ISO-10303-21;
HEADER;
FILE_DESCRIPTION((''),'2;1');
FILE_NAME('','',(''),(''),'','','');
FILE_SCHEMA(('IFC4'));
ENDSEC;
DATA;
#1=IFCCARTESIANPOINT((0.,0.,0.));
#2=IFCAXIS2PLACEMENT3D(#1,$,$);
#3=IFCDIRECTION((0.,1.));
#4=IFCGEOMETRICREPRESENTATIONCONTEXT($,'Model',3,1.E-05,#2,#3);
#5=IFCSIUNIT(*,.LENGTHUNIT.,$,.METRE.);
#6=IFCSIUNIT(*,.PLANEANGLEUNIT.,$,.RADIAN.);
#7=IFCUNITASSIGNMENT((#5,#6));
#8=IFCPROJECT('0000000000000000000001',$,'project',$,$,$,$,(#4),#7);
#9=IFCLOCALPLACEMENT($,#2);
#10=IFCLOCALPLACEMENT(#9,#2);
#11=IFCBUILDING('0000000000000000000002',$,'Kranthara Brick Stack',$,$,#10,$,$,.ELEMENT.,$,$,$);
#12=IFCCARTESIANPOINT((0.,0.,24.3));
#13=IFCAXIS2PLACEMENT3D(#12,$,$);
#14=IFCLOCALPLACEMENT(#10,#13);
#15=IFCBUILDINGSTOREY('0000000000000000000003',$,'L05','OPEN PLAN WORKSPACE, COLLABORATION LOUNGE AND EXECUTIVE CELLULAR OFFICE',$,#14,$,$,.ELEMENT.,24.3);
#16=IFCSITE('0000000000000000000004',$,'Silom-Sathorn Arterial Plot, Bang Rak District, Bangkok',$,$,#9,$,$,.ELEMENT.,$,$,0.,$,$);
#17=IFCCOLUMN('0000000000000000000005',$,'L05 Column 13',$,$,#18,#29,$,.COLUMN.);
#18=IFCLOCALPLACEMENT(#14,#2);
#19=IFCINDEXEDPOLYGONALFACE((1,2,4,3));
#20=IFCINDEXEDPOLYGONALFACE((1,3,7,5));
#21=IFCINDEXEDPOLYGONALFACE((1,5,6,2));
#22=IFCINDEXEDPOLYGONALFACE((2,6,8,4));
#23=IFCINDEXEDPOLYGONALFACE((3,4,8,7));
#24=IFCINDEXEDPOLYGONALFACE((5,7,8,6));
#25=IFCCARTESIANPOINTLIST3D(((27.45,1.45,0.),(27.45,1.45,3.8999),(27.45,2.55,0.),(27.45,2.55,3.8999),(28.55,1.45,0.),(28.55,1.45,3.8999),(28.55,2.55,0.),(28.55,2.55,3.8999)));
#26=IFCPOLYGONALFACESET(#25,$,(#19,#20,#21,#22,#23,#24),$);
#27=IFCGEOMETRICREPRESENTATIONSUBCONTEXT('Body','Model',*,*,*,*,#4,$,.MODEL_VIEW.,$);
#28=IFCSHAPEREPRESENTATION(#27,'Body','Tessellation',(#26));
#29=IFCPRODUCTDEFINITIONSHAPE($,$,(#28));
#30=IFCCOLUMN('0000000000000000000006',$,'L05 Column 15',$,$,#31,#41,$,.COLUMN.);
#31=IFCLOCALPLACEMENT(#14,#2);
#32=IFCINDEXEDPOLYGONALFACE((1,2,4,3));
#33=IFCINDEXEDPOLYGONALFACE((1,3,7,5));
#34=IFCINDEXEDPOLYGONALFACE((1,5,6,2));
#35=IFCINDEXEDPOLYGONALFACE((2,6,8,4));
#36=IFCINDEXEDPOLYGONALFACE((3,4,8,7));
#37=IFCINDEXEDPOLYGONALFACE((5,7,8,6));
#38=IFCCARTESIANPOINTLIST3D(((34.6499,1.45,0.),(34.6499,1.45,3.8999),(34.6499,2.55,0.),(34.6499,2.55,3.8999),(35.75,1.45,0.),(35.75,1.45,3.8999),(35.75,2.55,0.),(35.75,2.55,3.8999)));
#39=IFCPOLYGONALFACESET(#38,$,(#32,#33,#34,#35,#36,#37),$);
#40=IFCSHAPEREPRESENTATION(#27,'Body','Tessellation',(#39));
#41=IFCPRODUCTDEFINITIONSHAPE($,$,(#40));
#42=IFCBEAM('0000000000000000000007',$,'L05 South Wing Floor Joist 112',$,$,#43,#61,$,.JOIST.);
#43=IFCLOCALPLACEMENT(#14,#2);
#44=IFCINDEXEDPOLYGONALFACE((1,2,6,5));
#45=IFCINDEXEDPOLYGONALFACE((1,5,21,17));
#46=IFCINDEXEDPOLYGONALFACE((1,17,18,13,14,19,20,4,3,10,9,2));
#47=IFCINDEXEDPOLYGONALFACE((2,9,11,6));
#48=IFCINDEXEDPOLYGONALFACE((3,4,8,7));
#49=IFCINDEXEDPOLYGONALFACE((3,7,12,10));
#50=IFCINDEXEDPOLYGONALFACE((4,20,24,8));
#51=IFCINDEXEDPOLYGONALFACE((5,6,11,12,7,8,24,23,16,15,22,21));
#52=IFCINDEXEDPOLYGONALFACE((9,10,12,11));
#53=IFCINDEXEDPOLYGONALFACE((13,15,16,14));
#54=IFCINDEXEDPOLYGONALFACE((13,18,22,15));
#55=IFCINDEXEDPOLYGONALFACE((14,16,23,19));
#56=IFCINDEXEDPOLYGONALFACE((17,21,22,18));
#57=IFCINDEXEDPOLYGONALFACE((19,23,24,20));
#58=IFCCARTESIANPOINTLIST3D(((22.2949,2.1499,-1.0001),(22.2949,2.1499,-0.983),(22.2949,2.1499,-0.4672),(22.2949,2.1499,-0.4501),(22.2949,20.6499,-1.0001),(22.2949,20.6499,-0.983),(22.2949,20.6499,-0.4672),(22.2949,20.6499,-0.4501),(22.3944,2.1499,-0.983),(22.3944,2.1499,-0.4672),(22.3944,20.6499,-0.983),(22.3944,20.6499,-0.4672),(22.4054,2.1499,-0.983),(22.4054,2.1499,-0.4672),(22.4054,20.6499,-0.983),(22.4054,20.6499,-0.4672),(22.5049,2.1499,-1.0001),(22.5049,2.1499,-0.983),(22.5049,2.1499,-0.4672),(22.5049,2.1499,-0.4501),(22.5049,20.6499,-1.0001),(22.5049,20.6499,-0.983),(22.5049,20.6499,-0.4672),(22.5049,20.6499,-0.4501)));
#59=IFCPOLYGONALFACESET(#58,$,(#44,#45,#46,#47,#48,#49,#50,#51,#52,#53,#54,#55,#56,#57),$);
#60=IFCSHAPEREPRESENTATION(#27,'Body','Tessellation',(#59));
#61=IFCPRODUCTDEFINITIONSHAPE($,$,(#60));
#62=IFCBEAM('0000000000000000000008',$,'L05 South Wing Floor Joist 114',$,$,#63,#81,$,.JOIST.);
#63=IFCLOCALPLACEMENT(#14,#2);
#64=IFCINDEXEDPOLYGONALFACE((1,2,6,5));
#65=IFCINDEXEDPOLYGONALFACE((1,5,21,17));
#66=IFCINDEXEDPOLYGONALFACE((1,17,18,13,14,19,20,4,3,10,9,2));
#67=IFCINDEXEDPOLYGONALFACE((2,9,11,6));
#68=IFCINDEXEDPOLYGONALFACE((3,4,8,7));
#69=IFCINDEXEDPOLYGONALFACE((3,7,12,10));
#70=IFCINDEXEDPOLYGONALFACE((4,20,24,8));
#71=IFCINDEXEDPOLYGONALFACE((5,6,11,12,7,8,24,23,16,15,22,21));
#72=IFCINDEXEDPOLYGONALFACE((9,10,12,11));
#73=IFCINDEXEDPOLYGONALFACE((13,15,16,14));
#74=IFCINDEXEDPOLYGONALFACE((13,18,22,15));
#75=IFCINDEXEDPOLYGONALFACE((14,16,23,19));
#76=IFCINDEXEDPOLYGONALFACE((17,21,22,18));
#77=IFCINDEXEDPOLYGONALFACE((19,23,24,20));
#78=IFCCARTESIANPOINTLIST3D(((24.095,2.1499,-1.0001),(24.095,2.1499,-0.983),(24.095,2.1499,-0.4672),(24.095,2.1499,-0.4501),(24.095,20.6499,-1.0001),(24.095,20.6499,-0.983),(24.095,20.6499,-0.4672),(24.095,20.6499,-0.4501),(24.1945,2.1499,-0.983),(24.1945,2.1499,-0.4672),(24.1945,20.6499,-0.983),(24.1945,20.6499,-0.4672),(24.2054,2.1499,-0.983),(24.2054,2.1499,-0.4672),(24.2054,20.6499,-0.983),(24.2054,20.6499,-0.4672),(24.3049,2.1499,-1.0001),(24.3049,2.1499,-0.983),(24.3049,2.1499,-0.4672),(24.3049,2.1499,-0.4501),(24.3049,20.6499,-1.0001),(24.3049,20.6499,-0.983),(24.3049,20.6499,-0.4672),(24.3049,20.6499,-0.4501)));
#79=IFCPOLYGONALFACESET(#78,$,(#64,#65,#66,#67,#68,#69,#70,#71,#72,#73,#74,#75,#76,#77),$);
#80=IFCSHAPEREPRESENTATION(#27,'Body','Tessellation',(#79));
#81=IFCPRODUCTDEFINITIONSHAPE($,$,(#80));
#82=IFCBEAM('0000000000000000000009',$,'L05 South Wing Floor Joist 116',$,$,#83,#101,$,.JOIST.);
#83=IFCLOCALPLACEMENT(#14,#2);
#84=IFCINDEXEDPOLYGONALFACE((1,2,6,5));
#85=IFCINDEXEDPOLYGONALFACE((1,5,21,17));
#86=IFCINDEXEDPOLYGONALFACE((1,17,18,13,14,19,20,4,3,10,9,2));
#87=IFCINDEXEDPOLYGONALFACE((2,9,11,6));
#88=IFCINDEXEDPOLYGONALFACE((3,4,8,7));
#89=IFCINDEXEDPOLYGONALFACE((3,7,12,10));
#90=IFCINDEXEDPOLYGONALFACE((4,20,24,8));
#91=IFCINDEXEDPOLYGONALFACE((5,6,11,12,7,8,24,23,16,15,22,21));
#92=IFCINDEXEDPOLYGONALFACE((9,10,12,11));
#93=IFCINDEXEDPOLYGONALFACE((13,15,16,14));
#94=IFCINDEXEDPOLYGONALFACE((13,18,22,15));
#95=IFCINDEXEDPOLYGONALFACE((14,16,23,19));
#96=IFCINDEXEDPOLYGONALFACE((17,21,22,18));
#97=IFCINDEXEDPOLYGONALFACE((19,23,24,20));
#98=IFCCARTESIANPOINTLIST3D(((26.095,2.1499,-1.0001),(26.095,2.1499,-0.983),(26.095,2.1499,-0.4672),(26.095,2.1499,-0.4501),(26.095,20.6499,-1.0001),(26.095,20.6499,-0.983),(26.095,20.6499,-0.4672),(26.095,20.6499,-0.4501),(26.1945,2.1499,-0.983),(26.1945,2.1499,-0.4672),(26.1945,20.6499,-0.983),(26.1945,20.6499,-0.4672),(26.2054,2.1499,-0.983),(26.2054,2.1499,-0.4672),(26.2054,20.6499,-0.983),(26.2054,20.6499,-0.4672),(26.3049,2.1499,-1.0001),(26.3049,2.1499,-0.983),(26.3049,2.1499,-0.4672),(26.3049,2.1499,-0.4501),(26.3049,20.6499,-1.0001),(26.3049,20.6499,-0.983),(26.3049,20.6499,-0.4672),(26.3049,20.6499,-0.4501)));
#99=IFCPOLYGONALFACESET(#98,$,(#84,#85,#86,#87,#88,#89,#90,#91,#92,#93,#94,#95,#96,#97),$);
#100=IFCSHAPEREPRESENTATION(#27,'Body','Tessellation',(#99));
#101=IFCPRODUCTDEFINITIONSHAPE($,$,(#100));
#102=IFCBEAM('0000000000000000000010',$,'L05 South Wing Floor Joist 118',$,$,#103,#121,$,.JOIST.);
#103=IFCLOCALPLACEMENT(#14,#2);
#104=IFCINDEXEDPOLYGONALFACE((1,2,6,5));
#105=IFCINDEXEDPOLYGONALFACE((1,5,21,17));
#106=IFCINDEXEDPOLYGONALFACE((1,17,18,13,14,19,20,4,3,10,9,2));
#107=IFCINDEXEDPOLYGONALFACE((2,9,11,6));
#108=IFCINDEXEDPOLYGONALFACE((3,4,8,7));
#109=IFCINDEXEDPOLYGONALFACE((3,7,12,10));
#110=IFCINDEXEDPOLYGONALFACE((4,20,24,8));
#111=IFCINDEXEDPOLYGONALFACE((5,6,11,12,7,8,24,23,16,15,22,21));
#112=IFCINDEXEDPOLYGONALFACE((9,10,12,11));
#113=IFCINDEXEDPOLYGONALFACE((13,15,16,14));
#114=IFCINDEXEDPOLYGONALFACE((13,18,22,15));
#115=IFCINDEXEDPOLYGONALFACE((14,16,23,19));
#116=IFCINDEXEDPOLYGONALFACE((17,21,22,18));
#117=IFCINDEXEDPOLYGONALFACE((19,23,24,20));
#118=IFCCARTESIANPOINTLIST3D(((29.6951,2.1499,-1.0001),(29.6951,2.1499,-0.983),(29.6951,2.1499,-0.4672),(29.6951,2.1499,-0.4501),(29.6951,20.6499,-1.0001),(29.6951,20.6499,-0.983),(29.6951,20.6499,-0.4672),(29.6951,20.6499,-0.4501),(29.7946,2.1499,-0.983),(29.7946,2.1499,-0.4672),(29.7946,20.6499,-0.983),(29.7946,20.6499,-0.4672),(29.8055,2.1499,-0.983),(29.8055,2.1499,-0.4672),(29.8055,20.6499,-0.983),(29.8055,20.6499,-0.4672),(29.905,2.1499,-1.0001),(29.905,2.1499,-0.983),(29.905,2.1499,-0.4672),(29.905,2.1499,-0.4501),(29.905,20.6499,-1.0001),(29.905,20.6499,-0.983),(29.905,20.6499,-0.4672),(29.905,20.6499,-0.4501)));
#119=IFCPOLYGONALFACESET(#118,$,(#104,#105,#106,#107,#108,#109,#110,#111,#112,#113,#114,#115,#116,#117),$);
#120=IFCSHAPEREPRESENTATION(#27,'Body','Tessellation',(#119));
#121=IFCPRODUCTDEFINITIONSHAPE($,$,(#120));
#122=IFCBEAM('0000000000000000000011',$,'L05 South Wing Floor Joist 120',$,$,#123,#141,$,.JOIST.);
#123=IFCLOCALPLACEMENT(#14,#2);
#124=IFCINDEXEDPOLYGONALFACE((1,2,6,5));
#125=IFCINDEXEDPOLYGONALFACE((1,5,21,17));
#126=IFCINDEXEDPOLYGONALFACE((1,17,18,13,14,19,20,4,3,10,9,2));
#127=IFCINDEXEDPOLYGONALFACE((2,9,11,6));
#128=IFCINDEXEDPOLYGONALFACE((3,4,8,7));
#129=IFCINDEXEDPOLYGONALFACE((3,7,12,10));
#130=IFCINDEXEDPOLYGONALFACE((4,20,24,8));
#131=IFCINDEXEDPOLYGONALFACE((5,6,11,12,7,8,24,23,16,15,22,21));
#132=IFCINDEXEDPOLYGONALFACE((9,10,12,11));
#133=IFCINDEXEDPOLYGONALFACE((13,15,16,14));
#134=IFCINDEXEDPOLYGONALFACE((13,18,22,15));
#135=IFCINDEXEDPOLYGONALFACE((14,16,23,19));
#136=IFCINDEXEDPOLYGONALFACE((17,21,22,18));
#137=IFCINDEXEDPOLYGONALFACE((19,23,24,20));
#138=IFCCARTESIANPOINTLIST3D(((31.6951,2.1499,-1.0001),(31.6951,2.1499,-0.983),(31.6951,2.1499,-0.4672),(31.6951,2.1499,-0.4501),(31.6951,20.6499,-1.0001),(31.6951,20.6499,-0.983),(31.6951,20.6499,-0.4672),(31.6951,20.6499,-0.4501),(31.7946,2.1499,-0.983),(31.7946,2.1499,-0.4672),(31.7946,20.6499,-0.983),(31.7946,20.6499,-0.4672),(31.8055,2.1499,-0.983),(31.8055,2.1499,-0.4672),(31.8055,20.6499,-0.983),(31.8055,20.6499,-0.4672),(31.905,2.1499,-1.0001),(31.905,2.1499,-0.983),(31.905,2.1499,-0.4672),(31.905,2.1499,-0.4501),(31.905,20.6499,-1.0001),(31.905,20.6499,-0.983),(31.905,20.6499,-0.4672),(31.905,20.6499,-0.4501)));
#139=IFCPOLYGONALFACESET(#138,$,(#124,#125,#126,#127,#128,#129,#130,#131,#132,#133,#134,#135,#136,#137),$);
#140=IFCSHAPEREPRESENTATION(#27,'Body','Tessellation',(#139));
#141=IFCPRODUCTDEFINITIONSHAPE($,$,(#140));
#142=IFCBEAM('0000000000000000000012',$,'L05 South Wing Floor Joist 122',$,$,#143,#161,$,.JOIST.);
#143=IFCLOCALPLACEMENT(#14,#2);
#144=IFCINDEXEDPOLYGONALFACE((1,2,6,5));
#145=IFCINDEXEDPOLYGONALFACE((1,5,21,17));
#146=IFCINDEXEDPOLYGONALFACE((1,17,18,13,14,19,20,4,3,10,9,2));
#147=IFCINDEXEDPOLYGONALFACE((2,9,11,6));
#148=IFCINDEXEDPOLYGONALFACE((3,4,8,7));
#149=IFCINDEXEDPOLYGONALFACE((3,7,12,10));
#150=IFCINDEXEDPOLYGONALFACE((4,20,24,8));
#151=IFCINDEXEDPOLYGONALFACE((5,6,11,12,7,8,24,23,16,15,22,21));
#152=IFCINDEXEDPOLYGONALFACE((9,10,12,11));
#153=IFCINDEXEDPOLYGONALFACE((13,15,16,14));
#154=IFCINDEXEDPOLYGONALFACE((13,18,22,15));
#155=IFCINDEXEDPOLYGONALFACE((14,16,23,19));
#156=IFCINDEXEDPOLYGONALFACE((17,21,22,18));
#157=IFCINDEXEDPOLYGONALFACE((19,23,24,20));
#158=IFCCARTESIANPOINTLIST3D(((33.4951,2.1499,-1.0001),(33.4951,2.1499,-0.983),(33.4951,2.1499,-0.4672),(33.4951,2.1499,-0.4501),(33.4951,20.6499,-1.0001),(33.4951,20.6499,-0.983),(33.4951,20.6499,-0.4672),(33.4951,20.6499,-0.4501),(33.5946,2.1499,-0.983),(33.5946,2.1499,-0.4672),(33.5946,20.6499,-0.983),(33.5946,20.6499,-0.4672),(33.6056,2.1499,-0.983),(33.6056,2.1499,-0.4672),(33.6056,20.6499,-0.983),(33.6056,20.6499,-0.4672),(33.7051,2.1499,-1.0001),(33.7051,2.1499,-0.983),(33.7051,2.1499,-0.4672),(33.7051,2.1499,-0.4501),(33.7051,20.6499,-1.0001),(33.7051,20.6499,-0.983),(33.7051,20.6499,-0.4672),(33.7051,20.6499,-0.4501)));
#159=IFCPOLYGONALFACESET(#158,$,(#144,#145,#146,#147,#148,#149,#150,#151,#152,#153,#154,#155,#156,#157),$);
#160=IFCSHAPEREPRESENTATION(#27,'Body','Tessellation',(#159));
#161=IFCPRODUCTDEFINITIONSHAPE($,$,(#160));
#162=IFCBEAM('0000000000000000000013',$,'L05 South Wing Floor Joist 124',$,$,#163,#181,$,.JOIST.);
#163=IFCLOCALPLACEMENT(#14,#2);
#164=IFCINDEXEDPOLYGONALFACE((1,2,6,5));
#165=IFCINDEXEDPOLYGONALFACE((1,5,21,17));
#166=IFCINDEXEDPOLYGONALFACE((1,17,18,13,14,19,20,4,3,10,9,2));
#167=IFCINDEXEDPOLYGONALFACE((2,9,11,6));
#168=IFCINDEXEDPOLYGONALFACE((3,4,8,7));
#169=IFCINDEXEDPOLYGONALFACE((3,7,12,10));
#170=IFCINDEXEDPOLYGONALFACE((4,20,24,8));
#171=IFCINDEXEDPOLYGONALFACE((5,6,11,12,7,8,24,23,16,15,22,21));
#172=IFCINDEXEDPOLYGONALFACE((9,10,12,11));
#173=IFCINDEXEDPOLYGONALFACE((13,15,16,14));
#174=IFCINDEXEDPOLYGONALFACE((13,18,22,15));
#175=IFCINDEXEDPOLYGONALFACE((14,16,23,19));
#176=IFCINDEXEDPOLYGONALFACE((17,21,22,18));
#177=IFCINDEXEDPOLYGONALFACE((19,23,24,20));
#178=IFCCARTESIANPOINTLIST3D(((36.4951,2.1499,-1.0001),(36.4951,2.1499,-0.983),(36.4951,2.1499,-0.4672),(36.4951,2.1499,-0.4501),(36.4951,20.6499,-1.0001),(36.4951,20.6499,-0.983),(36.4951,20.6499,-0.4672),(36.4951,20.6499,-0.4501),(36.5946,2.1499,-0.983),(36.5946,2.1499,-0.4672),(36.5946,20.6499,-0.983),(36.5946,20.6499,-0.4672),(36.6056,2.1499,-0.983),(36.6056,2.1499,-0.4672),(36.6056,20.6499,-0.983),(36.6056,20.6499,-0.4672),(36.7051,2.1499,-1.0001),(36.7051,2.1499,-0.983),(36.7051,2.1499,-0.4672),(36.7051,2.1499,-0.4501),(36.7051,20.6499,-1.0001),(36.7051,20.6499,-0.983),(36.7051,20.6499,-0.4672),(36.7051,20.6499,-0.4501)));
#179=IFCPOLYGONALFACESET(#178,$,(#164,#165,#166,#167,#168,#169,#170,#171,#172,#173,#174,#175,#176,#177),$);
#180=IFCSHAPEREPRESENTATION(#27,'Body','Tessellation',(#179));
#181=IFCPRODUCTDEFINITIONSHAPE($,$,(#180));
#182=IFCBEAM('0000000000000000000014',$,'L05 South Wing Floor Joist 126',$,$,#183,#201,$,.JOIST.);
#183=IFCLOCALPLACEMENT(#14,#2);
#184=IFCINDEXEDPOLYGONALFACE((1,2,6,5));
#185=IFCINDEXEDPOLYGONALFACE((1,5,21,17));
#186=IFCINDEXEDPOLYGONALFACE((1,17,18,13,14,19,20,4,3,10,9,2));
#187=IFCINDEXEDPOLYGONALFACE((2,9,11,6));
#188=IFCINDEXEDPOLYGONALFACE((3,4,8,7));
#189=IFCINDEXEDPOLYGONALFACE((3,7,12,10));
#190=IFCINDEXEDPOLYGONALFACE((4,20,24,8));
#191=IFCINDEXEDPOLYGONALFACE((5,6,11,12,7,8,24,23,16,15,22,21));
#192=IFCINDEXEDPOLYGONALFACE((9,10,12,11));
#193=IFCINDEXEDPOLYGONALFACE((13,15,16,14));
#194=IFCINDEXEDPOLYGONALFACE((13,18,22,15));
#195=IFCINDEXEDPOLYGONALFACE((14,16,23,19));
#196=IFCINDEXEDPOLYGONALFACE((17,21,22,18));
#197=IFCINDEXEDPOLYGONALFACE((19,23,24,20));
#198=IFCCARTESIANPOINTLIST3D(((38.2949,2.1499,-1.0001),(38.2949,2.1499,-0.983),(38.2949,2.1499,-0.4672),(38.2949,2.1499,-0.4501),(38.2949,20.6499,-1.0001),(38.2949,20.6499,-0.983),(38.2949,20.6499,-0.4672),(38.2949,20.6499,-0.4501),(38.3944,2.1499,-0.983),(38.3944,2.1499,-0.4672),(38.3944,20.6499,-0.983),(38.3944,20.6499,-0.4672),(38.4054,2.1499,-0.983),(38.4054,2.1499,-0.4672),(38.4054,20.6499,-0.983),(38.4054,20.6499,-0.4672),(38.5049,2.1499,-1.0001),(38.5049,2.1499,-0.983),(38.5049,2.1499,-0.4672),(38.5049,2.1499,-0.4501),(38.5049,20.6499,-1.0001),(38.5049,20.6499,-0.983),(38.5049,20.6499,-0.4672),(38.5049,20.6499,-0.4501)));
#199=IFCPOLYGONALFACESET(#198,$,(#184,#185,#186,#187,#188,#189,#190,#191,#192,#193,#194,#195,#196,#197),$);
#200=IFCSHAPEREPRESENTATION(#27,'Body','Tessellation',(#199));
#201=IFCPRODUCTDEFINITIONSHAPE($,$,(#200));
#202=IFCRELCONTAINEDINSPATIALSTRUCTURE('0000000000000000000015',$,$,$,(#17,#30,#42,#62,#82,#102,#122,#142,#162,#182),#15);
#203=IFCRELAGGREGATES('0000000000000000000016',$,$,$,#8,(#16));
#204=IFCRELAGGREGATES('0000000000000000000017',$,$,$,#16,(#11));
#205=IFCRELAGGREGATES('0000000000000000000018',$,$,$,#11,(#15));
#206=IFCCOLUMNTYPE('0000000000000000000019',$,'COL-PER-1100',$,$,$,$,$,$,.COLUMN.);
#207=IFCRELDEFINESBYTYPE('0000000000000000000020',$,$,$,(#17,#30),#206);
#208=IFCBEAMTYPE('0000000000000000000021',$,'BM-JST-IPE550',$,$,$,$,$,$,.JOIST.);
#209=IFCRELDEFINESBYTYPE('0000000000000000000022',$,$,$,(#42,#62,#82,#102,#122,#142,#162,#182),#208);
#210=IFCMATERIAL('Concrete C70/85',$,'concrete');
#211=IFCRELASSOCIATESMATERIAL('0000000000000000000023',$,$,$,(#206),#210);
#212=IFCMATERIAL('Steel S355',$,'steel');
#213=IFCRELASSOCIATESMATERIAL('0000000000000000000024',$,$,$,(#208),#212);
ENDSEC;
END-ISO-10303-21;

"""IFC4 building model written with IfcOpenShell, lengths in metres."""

from ifc_helpers import new_model, si_unit, direction, frame, origin, origin_2d, place, context, subcontext, project, spatial, rectangle, i_section, extrude, material, material_profile, profile_set, type_object, element, save


model = new_model("IFC4")

# Units and contexts
model_context = context("Model", 3, precision=1e-05, world=origin(), true_north=direction((0.0, 1.0)))
body_context = subcontext(model_context, "Body", "Model", "MODEL_VIEW")
ifc_project = project(units=[si_unit("LENGTHUNIT", "METRE"), si_unit("PLANEANGLEUNIT", "RADIAN")], contexts=[model_context])

# Site, building, storey
site_placement = place(None, origin())
site = spatial("IfcSite", under=ifc_project, at=site_placement, Name="Silom-Sathorn Arterial Plot, Bang Rak District, Bangkok", CompositionType="ELEMENT", RefElevation=0.0)
building_placement = place(site_placement, origin())
building = spatial("IfcBuilding", under=site, at=building_placement, Name="Kranthara Brick Stack", CompositionType="ELEMENT")
storey_placement = place(building_placement, frame((0.0, 0.0, 24.3)))
storey = spatial("IfcBuildingStorey", under=building, at=storey_placement, Name="L05", Description="OPEN PLAN WORKSPACE, COLLABORATION LOUNGE AND EXECUTIVE CELLULAR OFFICE", CompositionType="ELEMENT", Elevation=24.3)

# Columns
ifc_material_1 = material(Name="Concrete C70/85", Category="concrete")
ifc_material_profile_1 = material_profile(ifc_material_1, rectangle(XDim=1.1001, YDim=1.1001, at=origin_2d()), Name="RC 1100x1100")
ifc_profile_set_1 = profile_set([ifc_material_profile_1], Name="Concrete C70/85")
column_type = type_object("IfcColumnType", Name="COL-PER-1100", PredefinedType="COLUMN", material=ifc_profile_set_1)
for number, where, z_axis, x_axis, name in (
    (1, (28.0, 2.0, 0.0), (0.0, 0.0, 1.0), (1.0, 0.0, 0.0), "L05 Column 13"),
    (2, (35.2, 2.0, 0.0), (0.0, 0.0, 1.0), (1.0, 0.0, 0.0), "L05 Column 15"),
):
    element("IfcColumn", number, at=place(storey_placement, frame(where, z_axis=z_axis, x_axis=x_axis)), inside=storey, type_object=column_type, Name=name, PredefinedType="COLUMN", context=body_context, shape_type="SweptSolid", body=[
        extrude(rectangle(XDim=1.1001, YDim=1.1001, at=origin_2d()), origin(), (0.0, 0.0, 1.0), 3.8999),
    ])

# Beams
ifc_material_2 = material(Name="Steel S355", Category="steel")
ifc_material_profile_2 = material_profile(ifc_material_2, i_section(OverallWidth=0.21, OverallDepth=0.55, WebThickness=0.011, FlangeThickness=0.0171, at=origin_2d()), Name="IPE 550")
ifc_profile_set_2 = profile_set([ifc_material_profile_2], Name="Steel S355")
beam_type_1 = type_object("IfcBeamType", Name="BM-JST-IPE550", PredefinedType="JOIST", material=ifc_profile_set_2)
for number, where, z_axis, x_axis, name in (
    (3, (22.3999, 2.1499, -0.7251), (0.0, 1.0, 0.0), (-1.0, 0.0, 0.0), "L05 South Wing Floor Joist 112"),
    (4, (24.2, 2.1499, -0.7251), (0.0, 1.0, 0.0), (-1.0, 0.0, 0.0), "L05 South Wing Floor Joist 114"),
    (5, (26.2, 2.1499, -0.7251), (0.0, 1.0, 0.0), (-1.0, 0.0, 0.0), "L05 South Wing Floor Joist 116"),
    (6, (29.8, 2.1499, -0.7251), (0.0, 1.0, 0.0), (-1.0, 0.0, 0.0), "L05 South Wing Floor Joist 118"),
    (7, (31.8, 2.1499, -0.7251), (0.0, 1.0, 0.0), (-1.0, 0.0, 0.0), "L05 South Wing Floor Joist 120"),
    (8, (33.6001, 2.1499, -0.7251), (0.0, 1.0, 0.0), (-1.0, 0.0, 0.0), "L05 South Wing Floor Joist 122"),
    (9, (36.6001, 2.1499, -0.7251), (0.0, 1.0, 0.0), (-1.0, 0.0, 0.0), "L05 South Wing Floor Joist 124"),
    (10, (38.3999, 2.1499, -0.7251), (0.0, 1.0, 0.0), (-1.0, 0.0, 0.0), "L05 South Wing Floor Joist 126"),
):
    element("IfcBeam", number, at=place(storey_placement, frame(where, z_axis=z_axis, x_axis=x_axis)), inside=storey, type_object=beam_type_1, Name=name, PredefinedType="JOIST", context=body_context, shape_type="SweptSolid", body=[
        extrude(i_section(OverallWidth=0.21, OverallDepth=0.55, WebThickness=0.011, FlangeThickness=0.0171, at=origin_2d()), origin(), (0.0, 0.0, 1.0), 18.5),
    ])

save(model, "model.ifc")
